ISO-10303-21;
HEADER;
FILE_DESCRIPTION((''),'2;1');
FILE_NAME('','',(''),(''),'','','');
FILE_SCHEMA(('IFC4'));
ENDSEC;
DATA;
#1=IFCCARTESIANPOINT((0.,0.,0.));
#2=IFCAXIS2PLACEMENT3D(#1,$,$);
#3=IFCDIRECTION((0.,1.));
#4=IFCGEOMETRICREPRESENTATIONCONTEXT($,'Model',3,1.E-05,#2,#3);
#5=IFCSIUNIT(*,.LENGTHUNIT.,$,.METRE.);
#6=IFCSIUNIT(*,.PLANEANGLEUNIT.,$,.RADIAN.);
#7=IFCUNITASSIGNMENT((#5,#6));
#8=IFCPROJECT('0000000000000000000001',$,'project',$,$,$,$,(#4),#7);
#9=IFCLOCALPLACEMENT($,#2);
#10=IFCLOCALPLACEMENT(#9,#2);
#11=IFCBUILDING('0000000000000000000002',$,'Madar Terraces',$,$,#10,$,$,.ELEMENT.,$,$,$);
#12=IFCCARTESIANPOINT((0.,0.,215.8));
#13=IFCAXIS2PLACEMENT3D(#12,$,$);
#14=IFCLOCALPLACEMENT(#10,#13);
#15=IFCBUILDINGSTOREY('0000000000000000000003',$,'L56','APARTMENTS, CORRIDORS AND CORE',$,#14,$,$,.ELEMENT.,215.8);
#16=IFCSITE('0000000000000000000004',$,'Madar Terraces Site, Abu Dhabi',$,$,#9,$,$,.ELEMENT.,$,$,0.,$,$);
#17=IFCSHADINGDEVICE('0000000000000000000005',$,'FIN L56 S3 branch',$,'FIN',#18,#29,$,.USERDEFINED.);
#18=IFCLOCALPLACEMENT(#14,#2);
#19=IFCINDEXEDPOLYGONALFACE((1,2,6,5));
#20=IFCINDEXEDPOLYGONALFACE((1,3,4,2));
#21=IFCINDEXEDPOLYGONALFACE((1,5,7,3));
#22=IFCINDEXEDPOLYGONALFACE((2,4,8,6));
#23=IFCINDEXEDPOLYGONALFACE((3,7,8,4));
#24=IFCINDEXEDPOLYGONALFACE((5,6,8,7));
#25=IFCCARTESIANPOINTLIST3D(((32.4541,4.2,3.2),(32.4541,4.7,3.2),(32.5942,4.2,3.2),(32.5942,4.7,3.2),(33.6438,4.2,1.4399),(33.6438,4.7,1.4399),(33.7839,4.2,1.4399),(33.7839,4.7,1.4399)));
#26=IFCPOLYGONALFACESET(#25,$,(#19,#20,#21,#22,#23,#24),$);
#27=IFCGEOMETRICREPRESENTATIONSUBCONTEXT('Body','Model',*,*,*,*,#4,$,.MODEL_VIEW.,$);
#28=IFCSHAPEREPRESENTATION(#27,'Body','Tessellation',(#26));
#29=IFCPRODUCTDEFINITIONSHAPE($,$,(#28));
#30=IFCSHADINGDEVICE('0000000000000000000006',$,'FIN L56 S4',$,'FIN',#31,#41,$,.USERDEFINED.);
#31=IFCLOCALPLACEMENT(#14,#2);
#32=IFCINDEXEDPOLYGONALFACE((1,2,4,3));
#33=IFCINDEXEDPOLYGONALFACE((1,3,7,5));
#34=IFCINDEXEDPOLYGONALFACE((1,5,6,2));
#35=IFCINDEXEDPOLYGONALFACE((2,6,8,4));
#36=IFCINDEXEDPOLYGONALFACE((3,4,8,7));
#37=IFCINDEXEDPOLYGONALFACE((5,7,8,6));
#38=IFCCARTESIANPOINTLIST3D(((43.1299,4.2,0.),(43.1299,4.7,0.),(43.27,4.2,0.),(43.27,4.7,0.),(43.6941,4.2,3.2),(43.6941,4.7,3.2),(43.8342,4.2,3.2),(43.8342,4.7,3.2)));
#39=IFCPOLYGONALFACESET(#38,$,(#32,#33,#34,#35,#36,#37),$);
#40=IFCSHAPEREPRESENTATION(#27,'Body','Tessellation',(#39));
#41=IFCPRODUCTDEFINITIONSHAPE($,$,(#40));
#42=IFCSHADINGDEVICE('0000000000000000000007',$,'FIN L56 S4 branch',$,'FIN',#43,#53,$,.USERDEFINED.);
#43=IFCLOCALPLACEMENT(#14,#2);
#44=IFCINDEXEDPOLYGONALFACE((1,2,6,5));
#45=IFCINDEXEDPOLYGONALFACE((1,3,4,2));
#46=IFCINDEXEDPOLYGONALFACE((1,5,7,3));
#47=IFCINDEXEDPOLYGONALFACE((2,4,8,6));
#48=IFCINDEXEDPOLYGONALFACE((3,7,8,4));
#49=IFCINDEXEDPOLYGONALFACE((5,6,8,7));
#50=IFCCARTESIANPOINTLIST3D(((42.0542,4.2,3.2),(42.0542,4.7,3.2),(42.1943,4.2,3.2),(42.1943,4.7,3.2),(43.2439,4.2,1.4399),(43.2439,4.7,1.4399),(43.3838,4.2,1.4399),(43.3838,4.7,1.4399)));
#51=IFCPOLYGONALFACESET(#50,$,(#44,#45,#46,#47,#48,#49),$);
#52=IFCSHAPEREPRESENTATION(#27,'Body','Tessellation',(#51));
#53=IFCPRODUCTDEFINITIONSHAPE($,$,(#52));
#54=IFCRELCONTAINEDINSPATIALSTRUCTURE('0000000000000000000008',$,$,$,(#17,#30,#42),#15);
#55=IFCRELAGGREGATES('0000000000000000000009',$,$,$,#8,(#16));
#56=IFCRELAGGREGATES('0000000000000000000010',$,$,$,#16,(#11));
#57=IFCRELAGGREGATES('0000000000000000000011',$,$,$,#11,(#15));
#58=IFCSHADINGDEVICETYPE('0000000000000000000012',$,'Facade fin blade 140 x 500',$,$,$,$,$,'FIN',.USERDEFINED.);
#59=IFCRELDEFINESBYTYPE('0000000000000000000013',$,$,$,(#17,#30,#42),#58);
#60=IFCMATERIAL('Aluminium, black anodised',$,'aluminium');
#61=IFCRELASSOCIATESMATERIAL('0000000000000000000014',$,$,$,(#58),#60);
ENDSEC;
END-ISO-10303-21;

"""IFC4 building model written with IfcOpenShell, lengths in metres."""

from ifc_helpers import new_model, si_unit, direction, frame, origin, place, context, subcontext, project, spatial, polyline, outline, extrude, material, type_object, element, save


model = new_model("IFC4")

# Units and contexts
model_context = context("Model", 3, precision=1e-05, world=origin(), true_north=direction((0.0, 1.0)))
body_context = subcontext(model_context, "Body", "Model", "MODEL_VIEW")
ifc_project = project(units=[si_unit("LENGTHUNIT", "METRE"), si_unit("PLANEANGLEUNIT", "RADIAN")], contexts=[model_context])

# Site, building, storey
site_placement = place(None, origin())
site = spatial("IfcSite", under=ifc_project, at=site_placement, Name="Madar Terraces Site, Abu Dhabi", CompositionType="ELEMENT", RefElevation=0.0)
building_placement = place(site_placement, origin())
building = spatial("IfcBuilding", under=site, at=building_placement, Name="Madar Terraces", CompositionType="ELEMENT")
storey_placement = place(building_placement, frame((0.0, 0.0, 215.8)))
storey = spatial("IfcBuildingStorey", under=building, at=storey_placement, Name="L56", Description="APARTMENTS, CORRIDORS AND CORE", CompositionType="ELEMENT", Elevation=215.8)

# Shading devices
ifc_material_1 = material(Name="Aluminium, black anodised", Category="aluminium")
shading_device_type = type_object("IfcShadingDeviceType", Name="Facade fin blade 140 x 500", ElementType="FIN", PredefinedType="USERDEFINED", material=ifc_material_1)
shading_device_1_placement = place(storey_placement, frame((33.6438, 4.45, 1.4399), z_axis=(0.0, 0.0, 1.0), x_axis=(1.0, 0.0, 0.0)))
element("IfcShadingDevice", 1, at=shading_device_1_placement, inside=storey, type_object=shading_device_type, Name="FIN L56 S3 branch", ObjectType="FIN", PredefinedType="USERDEFINED", context=body_context, shape_type="SweptSolid", body=[
    extrude(outline(polyline([(0.0, 0.0), (0.1401, 0.0), (-1.0496, 1.76), (-1.1897, 1.76), (0.0, 0.0)])), frame((0.0, 0.25, 0.0), z_axis=(0.0, -1.0, 0.0), x_axis=(1.0, 0.0, 0.0)), (0.0, 0.0, 1.0), 0.5),
])
shading_device_2_placement = place(storey_placement, frame((43.1299, 4.45, 0.0), z_axis=(0.0, 0.0, 1.0), x_axis=(1.0, 0.0, 0.0)))
element("IfcShadingDevice", 2, at=shading_device_2_placement, inside=storey, type_object=shading_device_type, Name="FIN L56 S4", ObjectType="FIN", PredefinedType="USERDEFINED", context=body_context, shape_type="SweptSolid", body=[
    extrude(outline(polyline([(0.0, 0.0), (0.1401, 0.0), (0.7043, 3.2), (0.5642, 3.2), (0.0, 0.0)])), frame((0.0, 0.25, 0.0), z_axis=(0.0, -1.0, 0.0), x_axis=(1.0, 0.0, 0.0)), (0.0, 0.0, 1.0), 0.5),
])
shading_device_3_placement = place(storey_placement, frame((43.2439, 4.45, 1.4399), z_axis=(0.0, 0.0, 1.0), x_axis=(1.0, 0.0, 0.0)))
element("IfcShadingDevice", 3, at=shading_device_3_placement, inside=storey, type_object=shading_device_type, Name="FIN L56 S4 branch", ObjectType="FIN", PredefinedType="USERDEFINED", context=body_context, shape_type="SweptSolid", body=[
    extrude(outline(polyline([(0.0, 0.0), (0.1399, 0.0), (-1.0496, 1.76), (-1.1897, 1.76), (0.0, 0.0)])), frame((0.0, 0.25, 0.0), z_axis=(0.0, -1.0, 0.0), x_axis=(1.0, 0.0, 0.0)), (0.0, 0.0, 1.0), 0.5),
])

save(model, "model.ifc")
